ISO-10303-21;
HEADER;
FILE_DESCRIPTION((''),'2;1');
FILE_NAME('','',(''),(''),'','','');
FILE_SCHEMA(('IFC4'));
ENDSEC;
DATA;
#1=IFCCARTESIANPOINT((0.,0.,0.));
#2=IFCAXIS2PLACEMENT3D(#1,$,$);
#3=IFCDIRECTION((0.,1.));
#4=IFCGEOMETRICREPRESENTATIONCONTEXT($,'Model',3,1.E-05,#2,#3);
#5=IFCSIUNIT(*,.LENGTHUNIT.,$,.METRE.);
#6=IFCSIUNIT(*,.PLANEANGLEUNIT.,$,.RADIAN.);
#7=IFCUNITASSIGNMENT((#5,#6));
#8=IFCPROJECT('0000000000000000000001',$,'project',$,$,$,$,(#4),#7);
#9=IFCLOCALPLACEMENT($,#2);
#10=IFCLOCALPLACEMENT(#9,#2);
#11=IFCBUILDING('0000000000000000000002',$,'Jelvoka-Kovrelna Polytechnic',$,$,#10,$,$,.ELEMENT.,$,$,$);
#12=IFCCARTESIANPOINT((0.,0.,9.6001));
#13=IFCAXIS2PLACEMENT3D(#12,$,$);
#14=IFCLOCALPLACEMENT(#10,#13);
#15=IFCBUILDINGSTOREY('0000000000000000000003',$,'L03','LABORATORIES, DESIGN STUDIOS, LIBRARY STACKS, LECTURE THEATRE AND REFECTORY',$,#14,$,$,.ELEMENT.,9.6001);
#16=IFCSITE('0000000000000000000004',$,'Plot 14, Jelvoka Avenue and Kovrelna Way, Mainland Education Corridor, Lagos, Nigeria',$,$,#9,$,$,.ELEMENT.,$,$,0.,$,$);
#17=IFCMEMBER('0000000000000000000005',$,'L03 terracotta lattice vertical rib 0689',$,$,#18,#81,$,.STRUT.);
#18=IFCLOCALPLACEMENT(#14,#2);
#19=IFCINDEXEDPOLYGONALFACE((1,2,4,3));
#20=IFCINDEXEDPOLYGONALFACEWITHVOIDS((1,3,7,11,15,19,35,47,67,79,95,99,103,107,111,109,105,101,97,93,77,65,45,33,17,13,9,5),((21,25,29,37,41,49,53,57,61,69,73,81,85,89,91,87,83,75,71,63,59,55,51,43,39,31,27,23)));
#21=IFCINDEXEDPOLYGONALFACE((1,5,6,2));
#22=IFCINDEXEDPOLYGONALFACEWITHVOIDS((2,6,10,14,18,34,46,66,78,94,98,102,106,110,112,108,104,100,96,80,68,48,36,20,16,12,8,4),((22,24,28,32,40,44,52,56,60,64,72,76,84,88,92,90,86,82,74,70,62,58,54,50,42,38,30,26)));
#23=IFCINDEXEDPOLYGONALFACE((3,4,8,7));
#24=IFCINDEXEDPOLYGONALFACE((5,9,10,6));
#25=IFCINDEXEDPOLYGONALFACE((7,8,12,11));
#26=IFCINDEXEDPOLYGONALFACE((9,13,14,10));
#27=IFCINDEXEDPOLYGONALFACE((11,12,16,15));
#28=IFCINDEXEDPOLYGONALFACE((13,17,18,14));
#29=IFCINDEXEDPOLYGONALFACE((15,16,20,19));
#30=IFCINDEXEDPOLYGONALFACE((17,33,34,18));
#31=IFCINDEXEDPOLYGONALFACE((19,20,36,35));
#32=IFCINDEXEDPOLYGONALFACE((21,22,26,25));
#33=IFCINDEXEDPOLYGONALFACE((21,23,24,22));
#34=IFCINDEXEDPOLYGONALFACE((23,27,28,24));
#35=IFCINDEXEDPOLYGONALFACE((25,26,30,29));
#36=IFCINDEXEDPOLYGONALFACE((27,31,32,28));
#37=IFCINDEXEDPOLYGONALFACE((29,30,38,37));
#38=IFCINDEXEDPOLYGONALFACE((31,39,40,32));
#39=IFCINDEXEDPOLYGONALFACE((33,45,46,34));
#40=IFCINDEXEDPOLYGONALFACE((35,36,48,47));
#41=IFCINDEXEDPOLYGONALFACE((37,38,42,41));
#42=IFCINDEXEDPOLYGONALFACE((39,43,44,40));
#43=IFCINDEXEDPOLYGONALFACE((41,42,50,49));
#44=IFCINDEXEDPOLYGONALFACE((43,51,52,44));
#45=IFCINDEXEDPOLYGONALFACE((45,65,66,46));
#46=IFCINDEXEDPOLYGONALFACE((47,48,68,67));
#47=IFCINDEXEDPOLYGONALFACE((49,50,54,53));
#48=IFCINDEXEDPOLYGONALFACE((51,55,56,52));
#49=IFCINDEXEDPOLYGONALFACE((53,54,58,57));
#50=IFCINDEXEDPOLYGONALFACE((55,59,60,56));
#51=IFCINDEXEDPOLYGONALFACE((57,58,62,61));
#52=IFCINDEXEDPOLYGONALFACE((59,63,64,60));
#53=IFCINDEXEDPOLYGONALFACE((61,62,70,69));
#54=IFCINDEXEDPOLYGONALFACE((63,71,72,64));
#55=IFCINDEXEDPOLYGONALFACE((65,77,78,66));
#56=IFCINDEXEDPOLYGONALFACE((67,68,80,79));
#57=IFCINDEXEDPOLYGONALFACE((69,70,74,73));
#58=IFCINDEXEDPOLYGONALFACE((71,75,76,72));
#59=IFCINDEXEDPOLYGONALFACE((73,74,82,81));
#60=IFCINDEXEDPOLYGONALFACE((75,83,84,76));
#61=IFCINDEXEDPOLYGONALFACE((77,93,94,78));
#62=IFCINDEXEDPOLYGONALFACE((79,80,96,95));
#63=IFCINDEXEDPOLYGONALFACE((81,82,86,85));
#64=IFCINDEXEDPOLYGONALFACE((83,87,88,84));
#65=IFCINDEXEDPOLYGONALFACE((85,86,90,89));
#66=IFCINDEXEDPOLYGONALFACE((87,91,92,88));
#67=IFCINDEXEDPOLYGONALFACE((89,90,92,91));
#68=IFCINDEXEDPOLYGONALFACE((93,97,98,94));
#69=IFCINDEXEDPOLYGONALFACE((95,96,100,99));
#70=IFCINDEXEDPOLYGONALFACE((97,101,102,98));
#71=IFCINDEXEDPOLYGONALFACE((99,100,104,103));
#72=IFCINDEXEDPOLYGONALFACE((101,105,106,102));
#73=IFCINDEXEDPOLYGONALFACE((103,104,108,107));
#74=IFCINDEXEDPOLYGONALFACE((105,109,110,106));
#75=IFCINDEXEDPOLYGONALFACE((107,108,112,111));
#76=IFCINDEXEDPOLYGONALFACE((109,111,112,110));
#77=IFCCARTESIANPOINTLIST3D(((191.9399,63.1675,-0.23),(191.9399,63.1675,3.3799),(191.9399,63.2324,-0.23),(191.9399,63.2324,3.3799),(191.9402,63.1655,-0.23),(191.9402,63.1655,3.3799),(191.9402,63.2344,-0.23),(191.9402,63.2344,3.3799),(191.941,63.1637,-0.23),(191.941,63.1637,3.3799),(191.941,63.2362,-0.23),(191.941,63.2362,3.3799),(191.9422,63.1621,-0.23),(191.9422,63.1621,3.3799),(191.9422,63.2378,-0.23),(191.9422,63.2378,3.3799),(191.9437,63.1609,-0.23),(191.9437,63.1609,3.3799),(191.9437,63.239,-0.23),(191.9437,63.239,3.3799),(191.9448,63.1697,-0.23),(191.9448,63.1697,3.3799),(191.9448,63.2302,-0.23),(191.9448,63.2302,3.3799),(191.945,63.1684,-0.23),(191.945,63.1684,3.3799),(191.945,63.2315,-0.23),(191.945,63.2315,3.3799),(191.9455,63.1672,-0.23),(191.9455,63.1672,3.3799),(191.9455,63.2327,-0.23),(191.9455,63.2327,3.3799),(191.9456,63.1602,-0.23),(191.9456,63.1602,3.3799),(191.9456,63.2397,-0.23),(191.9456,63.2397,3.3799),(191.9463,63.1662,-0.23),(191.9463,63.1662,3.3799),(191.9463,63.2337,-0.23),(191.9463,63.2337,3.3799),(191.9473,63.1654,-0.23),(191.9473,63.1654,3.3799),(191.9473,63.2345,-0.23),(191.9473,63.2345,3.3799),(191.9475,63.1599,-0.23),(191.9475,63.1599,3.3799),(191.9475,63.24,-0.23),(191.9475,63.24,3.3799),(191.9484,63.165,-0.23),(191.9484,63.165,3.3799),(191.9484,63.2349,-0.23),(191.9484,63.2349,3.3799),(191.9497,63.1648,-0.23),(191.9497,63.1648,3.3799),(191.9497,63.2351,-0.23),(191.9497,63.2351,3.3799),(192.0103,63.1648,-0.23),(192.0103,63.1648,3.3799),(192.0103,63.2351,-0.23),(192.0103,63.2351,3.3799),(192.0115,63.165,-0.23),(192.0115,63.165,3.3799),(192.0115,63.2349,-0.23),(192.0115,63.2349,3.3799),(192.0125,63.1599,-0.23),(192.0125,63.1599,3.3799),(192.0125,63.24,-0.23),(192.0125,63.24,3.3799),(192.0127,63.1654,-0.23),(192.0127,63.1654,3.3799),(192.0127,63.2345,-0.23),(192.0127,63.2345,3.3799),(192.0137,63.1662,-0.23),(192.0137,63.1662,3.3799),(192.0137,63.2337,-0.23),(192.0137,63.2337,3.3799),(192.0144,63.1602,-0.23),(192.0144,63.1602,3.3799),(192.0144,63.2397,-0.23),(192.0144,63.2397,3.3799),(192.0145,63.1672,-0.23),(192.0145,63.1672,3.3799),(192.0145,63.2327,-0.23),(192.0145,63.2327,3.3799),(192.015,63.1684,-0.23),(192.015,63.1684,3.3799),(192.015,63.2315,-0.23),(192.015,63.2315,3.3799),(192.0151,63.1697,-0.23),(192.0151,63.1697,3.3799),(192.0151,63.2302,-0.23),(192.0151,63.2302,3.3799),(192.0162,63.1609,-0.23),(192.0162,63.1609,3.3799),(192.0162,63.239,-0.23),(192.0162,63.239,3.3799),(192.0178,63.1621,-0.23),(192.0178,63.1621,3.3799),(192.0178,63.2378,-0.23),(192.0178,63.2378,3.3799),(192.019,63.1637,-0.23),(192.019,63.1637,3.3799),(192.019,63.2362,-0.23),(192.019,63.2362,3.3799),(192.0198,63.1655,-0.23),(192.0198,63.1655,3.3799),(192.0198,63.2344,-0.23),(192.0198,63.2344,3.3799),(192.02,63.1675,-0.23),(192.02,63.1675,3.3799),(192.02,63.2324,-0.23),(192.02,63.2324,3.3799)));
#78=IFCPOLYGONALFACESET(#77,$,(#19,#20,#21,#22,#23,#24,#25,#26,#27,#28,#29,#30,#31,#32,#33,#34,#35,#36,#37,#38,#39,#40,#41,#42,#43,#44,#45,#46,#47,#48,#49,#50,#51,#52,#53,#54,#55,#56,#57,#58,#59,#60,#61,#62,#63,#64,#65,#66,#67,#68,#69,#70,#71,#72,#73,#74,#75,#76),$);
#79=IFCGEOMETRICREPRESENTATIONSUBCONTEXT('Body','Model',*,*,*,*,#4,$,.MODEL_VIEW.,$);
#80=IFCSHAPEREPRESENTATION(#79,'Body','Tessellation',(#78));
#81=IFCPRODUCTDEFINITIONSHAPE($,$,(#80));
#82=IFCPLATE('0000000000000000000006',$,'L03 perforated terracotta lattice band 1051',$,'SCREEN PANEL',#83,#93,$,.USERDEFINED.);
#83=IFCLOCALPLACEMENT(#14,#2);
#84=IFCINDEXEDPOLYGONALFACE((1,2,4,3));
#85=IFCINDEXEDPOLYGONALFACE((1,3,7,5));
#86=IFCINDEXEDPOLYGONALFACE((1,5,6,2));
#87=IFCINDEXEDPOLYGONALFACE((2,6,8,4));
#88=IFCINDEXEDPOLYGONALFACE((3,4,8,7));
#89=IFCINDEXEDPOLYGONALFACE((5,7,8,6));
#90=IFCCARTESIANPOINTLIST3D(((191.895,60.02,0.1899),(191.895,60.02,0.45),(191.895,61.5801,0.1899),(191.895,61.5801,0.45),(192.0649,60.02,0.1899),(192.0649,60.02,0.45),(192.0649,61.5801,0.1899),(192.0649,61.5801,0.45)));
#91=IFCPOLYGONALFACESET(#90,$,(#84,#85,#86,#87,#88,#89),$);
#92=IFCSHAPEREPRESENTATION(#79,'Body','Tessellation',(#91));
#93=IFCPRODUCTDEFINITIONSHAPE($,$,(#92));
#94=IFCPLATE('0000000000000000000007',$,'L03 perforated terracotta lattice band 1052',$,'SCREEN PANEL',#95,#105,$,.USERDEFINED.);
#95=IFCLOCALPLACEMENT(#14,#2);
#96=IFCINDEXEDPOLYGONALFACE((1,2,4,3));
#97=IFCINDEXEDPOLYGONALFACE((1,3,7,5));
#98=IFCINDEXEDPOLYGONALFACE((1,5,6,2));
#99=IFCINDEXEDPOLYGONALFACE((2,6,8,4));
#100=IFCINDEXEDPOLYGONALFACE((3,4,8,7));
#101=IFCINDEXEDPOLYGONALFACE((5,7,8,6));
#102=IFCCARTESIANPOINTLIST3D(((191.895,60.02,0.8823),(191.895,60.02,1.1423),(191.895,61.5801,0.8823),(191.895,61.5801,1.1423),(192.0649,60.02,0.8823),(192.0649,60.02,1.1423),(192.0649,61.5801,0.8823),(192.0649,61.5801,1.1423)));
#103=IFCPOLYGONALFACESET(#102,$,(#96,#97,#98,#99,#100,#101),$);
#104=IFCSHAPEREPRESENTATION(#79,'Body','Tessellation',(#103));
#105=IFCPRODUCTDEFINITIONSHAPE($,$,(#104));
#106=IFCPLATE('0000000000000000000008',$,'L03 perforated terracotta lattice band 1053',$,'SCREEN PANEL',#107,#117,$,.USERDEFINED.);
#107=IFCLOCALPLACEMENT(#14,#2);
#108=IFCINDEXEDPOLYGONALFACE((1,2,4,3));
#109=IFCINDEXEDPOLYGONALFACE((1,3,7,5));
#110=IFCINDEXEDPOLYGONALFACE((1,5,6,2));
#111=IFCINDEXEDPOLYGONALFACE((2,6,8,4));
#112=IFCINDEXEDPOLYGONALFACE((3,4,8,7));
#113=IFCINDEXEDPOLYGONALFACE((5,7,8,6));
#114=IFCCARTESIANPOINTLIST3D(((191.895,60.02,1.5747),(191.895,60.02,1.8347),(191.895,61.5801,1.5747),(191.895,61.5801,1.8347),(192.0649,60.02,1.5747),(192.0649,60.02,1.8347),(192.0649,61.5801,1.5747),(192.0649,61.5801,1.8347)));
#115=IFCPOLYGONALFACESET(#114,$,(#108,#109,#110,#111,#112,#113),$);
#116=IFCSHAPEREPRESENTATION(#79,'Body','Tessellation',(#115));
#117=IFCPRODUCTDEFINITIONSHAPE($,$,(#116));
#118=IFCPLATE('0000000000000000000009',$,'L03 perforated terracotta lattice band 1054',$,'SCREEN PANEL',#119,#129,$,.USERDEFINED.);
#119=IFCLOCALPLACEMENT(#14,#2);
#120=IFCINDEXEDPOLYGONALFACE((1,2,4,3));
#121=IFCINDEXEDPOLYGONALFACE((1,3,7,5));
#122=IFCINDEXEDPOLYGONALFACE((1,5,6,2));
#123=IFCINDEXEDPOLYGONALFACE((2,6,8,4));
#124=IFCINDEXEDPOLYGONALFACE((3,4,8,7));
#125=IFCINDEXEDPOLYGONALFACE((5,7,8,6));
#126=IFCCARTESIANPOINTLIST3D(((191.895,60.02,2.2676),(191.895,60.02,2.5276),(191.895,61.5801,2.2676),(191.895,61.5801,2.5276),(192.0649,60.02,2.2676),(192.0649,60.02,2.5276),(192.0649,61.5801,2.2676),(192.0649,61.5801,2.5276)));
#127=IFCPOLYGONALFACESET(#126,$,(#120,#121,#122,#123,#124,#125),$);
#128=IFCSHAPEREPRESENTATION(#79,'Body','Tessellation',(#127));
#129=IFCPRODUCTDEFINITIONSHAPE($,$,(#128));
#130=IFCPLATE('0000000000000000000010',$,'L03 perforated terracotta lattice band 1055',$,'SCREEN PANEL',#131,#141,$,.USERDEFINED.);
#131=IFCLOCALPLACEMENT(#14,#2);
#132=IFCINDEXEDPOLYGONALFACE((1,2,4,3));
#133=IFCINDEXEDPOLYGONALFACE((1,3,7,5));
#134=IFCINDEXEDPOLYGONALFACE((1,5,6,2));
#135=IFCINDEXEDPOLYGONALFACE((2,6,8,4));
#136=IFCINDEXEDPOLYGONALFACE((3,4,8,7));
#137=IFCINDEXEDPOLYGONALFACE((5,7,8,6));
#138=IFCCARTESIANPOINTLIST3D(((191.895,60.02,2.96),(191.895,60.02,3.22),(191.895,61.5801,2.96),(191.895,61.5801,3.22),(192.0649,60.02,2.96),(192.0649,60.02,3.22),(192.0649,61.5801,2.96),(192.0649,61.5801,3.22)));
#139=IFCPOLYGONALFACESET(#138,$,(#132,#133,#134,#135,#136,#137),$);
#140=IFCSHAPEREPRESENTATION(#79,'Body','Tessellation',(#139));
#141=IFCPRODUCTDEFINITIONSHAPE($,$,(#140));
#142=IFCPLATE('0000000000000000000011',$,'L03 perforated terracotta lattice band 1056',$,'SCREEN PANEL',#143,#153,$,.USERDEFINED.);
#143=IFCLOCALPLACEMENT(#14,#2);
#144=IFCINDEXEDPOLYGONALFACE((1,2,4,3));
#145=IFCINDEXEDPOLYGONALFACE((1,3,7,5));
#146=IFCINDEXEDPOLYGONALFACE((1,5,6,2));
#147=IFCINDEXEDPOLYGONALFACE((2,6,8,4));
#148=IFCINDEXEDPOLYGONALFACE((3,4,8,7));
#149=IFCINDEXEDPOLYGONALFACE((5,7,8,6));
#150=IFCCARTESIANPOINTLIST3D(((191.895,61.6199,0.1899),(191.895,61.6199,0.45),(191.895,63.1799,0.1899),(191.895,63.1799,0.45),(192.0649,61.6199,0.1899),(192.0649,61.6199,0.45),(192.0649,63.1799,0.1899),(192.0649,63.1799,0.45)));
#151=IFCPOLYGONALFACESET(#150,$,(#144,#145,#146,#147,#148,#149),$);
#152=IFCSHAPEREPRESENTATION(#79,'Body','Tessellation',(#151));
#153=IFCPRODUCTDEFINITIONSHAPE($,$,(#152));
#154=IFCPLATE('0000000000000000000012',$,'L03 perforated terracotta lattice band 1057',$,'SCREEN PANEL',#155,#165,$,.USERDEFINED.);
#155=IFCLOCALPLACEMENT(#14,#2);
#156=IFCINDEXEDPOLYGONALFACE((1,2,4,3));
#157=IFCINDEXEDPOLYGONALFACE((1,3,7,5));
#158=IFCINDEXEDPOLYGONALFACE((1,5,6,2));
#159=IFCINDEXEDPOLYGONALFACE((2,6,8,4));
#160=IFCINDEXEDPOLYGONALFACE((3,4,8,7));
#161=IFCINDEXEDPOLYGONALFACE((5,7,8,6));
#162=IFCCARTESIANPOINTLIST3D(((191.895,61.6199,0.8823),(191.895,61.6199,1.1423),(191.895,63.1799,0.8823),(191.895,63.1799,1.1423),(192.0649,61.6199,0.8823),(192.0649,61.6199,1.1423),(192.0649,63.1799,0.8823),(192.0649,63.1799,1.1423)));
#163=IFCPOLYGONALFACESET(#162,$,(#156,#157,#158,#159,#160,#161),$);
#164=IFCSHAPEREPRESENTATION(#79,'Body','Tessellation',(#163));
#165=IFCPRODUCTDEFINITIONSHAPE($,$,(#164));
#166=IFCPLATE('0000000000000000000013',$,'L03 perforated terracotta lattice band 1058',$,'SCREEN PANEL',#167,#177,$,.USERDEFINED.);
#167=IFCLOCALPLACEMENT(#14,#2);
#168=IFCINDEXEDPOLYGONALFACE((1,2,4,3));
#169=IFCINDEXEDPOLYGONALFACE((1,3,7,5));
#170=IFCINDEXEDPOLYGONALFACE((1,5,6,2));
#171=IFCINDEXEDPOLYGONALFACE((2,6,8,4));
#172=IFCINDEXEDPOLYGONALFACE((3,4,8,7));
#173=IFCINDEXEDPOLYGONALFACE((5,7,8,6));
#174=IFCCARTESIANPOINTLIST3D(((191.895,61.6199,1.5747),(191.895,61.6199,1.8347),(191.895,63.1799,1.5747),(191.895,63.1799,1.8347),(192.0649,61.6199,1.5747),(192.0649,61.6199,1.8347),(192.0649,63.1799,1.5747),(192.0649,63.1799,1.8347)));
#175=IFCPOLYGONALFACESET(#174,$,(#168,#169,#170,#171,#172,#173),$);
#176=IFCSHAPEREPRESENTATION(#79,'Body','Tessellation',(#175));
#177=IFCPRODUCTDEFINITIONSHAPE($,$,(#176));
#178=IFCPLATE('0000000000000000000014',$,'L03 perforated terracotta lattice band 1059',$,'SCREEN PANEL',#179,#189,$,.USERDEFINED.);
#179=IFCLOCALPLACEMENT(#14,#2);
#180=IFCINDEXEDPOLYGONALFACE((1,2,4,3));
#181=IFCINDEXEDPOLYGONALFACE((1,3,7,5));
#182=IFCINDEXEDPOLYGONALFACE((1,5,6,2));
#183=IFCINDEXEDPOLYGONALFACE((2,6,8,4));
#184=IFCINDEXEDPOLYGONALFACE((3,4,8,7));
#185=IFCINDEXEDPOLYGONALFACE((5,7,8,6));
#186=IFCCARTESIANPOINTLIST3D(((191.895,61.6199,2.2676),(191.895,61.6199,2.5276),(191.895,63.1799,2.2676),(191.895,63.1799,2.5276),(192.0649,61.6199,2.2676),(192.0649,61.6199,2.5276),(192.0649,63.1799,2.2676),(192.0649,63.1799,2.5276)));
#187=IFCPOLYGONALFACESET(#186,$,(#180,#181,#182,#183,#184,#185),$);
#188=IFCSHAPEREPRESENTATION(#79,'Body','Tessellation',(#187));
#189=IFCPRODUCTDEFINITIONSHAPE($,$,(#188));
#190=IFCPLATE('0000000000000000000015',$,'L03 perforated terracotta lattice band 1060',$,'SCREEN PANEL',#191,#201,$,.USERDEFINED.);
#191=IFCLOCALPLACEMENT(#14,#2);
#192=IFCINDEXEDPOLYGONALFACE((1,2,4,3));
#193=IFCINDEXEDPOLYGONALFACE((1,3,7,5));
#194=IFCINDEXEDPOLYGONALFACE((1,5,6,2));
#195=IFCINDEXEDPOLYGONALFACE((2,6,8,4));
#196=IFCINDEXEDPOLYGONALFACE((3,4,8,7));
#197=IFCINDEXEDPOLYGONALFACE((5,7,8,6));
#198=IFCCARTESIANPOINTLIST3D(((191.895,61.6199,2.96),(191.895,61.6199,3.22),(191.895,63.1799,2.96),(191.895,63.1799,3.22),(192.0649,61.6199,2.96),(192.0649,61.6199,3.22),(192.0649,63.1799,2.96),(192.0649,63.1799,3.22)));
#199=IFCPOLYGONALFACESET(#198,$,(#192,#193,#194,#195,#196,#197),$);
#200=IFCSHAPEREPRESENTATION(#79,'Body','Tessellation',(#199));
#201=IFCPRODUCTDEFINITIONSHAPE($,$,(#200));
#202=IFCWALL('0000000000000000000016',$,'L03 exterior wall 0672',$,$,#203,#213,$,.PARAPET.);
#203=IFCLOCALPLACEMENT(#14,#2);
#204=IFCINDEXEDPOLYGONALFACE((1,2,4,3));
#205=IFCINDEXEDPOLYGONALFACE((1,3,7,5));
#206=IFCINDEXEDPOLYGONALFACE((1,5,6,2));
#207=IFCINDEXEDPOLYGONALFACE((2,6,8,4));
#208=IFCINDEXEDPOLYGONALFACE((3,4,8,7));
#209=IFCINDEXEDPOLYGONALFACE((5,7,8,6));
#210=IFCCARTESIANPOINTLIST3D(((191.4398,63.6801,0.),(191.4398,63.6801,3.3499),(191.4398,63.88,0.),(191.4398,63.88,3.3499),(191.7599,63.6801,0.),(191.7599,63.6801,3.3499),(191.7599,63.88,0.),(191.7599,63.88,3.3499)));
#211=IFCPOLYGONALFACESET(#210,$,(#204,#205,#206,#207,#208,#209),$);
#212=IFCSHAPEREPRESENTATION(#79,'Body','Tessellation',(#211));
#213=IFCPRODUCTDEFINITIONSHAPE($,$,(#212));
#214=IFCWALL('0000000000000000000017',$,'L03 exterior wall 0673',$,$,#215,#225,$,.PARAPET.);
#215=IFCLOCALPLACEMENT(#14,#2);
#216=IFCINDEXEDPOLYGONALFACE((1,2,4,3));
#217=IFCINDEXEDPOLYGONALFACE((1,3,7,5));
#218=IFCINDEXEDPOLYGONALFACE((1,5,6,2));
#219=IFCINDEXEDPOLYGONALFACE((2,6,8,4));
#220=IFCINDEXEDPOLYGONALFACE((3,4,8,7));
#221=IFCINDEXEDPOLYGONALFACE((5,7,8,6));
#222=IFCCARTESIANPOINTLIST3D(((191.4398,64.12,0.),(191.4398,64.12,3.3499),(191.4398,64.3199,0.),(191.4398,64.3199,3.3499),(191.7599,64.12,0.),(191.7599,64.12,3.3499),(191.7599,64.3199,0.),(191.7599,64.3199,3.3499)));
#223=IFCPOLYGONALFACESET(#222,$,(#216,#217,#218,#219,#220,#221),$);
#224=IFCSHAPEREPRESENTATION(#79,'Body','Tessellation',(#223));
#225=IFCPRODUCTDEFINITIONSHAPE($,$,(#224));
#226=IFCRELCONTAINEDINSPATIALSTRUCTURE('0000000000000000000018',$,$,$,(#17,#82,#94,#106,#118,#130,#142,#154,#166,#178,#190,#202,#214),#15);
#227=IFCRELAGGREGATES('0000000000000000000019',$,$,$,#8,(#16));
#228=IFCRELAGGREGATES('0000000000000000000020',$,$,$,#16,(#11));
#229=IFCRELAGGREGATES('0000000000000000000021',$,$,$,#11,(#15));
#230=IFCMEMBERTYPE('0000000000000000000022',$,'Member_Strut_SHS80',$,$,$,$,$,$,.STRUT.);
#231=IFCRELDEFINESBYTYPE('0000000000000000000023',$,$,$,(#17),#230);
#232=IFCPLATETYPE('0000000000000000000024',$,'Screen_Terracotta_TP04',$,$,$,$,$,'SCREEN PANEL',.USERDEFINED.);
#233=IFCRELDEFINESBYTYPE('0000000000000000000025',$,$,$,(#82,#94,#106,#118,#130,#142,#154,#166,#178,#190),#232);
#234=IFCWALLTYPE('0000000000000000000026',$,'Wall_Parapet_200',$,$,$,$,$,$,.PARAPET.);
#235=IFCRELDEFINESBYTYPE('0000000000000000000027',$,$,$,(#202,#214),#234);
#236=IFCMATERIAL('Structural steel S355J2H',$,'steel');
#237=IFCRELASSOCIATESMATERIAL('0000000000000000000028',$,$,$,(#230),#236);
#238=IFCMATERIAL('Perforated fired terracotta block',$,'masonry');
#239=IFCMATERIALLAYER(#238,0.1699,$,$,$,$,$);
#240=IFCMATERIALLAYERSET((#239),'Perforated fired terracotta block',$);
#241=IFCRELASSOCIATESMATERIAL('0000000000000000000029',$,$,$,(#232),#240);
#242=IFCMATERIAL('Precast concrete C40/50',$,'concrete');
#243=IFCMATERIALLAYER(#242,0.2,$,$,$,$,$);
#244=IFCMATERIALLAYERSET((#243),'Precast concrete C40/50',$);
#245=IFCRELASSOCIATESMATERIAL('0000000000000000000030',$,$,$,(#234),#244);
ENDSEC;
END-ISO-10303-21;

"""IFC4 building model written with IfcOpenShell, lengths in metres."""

from ifc_helpers import new_model, si_unit, direction, frame, frame_2d, origin, origin_2d, place, context, subcontext, project, spatial, rectangle, hollow_rectangle, extrude, material, layer, layer_set, material_profile, profile_set, type_object, element, save


model = new_model("IFC4")

# Units and contexts
model_context = context("Model", 3, precision=1e-05, world=origin(), true_north=direction((0.0, 1.0)))
body_context = subcontext(model_context, "Body", "Model", "MODEL_VIEW")
ifc_project = project(units=[si_unit("LENGTHUNIT", "METRE"), si_unit("PLANEANGLEUNIT", "RADIAN")], contexts=[model_context])

# Site, building, storey
site_placement = place(None, origin())
site = spatial("IfcSite", under=ifc_project, at=site_placement, Name="Plot 14, Jelvoka Avenue and Kovrelna Way, Mainland Education Corridor, Lagos, Nigeria", CompositionType="ELEMENT", RefElevation=0.0)
building_placement = place(site_placement, origin())
building = spatial("IfcBuilding", under=site, at=building_placement, Name="Jelvoka-Kovrelna Polytechnic", CompositionType="ELEMENT")
storey_placement = place(building_placement, frame((0.0, 0.0, 9.6001)))
storey = spatial("IfcBuildingStorey", under=building, at=storey_placement, Name="L03", Description="LABORATORIES, DESIGN STUDIOS, LIBRARY STACKS, LECTURE THEATRE AND REFECTORY", CompositionType="ELEMENT", Elevation=9.6001)

# Member
ifc_material_1 = material(Name="Structural steel S355J2H", Category="steel")
ifc_material_profile_1 = material_profile(ifc_material_1, hollow_rectangle(XDim=0.0801, YDim=0.0801, WallThickness=0.0049, InnerFilletRadius=0.0049, OuterFilletRadius=0.0076, at=origin_2d()), Name="80x80x5.0 SHS")
ifc_profile_set_1 = profile_set([ifc_material_profile_1], Name="Structural steel S355J2H")
member_type_1 = type_object("IfcMemberType", Name="Member_Strut_SHS80", PredefinedType="STRUT", material=ifc_profile_set_1)
for number, where, z_axis, x_axis, name in (
    (1, (191.98, 63.2, -0.23), (0.0, 0.0, 1.0), (1.0, 0.0, 0.0), "L03 terracotta lattice vertical rib 0689"),
):
    element("IfcMember", number, at=place(storey_placement, frame(where, z_axis=z_axis, x_axis=x_axis)), inside=storey, type_object=member_type_1, Name=name, PredefinedType="STRUT", context=body_context, shape_type="SweptSolid", body=[
        extrude(hollow_rectangle(XDim=0.0801, YDim=0.0801, WallThickness=0.0049, InnerFilletRadius=0.0049, OuterFilletRadius=0.0076, at=origin_2d()), origin(), (0.0, 0.0, 1.0), 3.6099),
    ])

# Plates
ifc_material_2 = material(Name="Perforated fired terracotta block", Category="masonry")
ifc_layer_1 = layer(ifc_material_2, 0.1699)
ifc_layer_set_1 = layer_set([ifc_layer_1], Name="Perforated fired terracotta block")
plate_type = type_object("IfcPlateType", Name="Screen_Terracotta_TP04", ElementType="SCREEN PANEL", PredefinedType="USERDEFINED", material=ifc_layer_set_1)
for number, where, z_axis, x_axis, name in (
    (2, (191.98, 60.8, 0.1899), (0.0, 0.0, 1.0), (0.0, 1.0, 0.0), "L03 perforated terracotta lattice band 1051"),
    (3, (191.98, 60.8, 0.8823), (0.0, 0.0, 1.0), (0.0, 1.0, 0.0), "L03 perforated terracotta lattice band 1052"),
    (4, (191.98, 60.8, 1.5747), (0.0, 0.0, 1.0), (0.0, 1.0, 0.0), "L03 perforated terracotta lattice band 1053"),
    (5, (191.98, 60.8, 2.2676), (0.0, 0.0, 1.0), (0.0, 1.0, 0.0), "L03 perforated terracotta lattice band 1054"),
    (6, (191.98, 60.8, 2.96), (0.0, 0.0, 1.0), (0.0, 1.0, 0.0), "L03 perforated terracotta lattice band 1055"),
    (7, (191.98, 62.3999, 0.1899), (0.0, 0.0, 1.0), (0.0, 1.0, 0.0), "L03 perforated terracotta lattice band 1056"),
    (8, (191.98, 62.3999, 0.8823), (0.0, 0.0, 1.0), (0.0, 1.0, 0.0), "L03 perforated terracotta lattice band 1057"),
    (9, (191.98, 62.3999, 1.5747), (0.0, 0.0, 1.0), (0.0, 1.0, 0.0), "L03 perforated terracotta lattice band 1058"),
    (10, (191.98, 62.3999, 2.2676), (0.0, 0.0, 1.0), (0.0, 1.0, 0.0), "L03 perforated terracotta lattice band 1059"),
    (11, (191.98, 62.3999, 2.96), (0.0, 0.0, 1.0), (0.0, 1.0, 0.0), "L03 perforated terracotta lattice band 1060"),
):
    element("IfcPlate", number, at=place(storey_placement, frame(where, z_axis=z_axis, x_axis=x_axis)), inside=storey, type_object=plate_type, Name=name, ObjectType="SCREEN PANEL", PredefinedType="USERDEFINED", context=body_context, shape_type="SweptSolid", body=[
        extrude(rectangle(XDim=1.5601, YDim=0.1699, at=origin_2d()), origin(), (0.0, 0.0, 1.0), 0.26),
    ])

# Walls
ifc_material_3 = material(Name="Precast concrete C40/50", Category="concrete")
ifc_layer_2 = layer(ifc_material_3, 0.2)
ifc_layer_set_2 = layer_set([ifc_layer_2], Name="Precast concrete C40/50")
wall_type = type_object("IfcWallType", Name="Wall_Parapet_200", PredefinedType="PARAPET", material=ifc_layer_set_2)
for number, where, z_axis, x_axis, name in (
    (12, (191.76, 63.78, 0.0), (0.0, 0.0, 1.0), (-1.0, 0.0, 0.0), "L03 exterior wall 0672"),
    (13, (191.76, 64.22, 0.0), (0.0, 0.0, 1.0), (-1.0, 0.0, 0.0), "L03 exterior wall 0673"),
):
    element("IfcWall", number, at=place(storey_placement, frame(where, z_axis=z_axis, x_axis=x_axis)), inside=storey, type_object=wall_type, Name=name, PredefinedType="PARAPET", context=body_context, shape_type="SweptSolid", body=[
        extrude(rectangle(XDim=0.3201, YDim=0.2, at=frame_2d((0.1602, 0.0))), origin(), (0.0, 0.0, 1.0), 3.3499),
    ])

save(model, "model.ifc")
